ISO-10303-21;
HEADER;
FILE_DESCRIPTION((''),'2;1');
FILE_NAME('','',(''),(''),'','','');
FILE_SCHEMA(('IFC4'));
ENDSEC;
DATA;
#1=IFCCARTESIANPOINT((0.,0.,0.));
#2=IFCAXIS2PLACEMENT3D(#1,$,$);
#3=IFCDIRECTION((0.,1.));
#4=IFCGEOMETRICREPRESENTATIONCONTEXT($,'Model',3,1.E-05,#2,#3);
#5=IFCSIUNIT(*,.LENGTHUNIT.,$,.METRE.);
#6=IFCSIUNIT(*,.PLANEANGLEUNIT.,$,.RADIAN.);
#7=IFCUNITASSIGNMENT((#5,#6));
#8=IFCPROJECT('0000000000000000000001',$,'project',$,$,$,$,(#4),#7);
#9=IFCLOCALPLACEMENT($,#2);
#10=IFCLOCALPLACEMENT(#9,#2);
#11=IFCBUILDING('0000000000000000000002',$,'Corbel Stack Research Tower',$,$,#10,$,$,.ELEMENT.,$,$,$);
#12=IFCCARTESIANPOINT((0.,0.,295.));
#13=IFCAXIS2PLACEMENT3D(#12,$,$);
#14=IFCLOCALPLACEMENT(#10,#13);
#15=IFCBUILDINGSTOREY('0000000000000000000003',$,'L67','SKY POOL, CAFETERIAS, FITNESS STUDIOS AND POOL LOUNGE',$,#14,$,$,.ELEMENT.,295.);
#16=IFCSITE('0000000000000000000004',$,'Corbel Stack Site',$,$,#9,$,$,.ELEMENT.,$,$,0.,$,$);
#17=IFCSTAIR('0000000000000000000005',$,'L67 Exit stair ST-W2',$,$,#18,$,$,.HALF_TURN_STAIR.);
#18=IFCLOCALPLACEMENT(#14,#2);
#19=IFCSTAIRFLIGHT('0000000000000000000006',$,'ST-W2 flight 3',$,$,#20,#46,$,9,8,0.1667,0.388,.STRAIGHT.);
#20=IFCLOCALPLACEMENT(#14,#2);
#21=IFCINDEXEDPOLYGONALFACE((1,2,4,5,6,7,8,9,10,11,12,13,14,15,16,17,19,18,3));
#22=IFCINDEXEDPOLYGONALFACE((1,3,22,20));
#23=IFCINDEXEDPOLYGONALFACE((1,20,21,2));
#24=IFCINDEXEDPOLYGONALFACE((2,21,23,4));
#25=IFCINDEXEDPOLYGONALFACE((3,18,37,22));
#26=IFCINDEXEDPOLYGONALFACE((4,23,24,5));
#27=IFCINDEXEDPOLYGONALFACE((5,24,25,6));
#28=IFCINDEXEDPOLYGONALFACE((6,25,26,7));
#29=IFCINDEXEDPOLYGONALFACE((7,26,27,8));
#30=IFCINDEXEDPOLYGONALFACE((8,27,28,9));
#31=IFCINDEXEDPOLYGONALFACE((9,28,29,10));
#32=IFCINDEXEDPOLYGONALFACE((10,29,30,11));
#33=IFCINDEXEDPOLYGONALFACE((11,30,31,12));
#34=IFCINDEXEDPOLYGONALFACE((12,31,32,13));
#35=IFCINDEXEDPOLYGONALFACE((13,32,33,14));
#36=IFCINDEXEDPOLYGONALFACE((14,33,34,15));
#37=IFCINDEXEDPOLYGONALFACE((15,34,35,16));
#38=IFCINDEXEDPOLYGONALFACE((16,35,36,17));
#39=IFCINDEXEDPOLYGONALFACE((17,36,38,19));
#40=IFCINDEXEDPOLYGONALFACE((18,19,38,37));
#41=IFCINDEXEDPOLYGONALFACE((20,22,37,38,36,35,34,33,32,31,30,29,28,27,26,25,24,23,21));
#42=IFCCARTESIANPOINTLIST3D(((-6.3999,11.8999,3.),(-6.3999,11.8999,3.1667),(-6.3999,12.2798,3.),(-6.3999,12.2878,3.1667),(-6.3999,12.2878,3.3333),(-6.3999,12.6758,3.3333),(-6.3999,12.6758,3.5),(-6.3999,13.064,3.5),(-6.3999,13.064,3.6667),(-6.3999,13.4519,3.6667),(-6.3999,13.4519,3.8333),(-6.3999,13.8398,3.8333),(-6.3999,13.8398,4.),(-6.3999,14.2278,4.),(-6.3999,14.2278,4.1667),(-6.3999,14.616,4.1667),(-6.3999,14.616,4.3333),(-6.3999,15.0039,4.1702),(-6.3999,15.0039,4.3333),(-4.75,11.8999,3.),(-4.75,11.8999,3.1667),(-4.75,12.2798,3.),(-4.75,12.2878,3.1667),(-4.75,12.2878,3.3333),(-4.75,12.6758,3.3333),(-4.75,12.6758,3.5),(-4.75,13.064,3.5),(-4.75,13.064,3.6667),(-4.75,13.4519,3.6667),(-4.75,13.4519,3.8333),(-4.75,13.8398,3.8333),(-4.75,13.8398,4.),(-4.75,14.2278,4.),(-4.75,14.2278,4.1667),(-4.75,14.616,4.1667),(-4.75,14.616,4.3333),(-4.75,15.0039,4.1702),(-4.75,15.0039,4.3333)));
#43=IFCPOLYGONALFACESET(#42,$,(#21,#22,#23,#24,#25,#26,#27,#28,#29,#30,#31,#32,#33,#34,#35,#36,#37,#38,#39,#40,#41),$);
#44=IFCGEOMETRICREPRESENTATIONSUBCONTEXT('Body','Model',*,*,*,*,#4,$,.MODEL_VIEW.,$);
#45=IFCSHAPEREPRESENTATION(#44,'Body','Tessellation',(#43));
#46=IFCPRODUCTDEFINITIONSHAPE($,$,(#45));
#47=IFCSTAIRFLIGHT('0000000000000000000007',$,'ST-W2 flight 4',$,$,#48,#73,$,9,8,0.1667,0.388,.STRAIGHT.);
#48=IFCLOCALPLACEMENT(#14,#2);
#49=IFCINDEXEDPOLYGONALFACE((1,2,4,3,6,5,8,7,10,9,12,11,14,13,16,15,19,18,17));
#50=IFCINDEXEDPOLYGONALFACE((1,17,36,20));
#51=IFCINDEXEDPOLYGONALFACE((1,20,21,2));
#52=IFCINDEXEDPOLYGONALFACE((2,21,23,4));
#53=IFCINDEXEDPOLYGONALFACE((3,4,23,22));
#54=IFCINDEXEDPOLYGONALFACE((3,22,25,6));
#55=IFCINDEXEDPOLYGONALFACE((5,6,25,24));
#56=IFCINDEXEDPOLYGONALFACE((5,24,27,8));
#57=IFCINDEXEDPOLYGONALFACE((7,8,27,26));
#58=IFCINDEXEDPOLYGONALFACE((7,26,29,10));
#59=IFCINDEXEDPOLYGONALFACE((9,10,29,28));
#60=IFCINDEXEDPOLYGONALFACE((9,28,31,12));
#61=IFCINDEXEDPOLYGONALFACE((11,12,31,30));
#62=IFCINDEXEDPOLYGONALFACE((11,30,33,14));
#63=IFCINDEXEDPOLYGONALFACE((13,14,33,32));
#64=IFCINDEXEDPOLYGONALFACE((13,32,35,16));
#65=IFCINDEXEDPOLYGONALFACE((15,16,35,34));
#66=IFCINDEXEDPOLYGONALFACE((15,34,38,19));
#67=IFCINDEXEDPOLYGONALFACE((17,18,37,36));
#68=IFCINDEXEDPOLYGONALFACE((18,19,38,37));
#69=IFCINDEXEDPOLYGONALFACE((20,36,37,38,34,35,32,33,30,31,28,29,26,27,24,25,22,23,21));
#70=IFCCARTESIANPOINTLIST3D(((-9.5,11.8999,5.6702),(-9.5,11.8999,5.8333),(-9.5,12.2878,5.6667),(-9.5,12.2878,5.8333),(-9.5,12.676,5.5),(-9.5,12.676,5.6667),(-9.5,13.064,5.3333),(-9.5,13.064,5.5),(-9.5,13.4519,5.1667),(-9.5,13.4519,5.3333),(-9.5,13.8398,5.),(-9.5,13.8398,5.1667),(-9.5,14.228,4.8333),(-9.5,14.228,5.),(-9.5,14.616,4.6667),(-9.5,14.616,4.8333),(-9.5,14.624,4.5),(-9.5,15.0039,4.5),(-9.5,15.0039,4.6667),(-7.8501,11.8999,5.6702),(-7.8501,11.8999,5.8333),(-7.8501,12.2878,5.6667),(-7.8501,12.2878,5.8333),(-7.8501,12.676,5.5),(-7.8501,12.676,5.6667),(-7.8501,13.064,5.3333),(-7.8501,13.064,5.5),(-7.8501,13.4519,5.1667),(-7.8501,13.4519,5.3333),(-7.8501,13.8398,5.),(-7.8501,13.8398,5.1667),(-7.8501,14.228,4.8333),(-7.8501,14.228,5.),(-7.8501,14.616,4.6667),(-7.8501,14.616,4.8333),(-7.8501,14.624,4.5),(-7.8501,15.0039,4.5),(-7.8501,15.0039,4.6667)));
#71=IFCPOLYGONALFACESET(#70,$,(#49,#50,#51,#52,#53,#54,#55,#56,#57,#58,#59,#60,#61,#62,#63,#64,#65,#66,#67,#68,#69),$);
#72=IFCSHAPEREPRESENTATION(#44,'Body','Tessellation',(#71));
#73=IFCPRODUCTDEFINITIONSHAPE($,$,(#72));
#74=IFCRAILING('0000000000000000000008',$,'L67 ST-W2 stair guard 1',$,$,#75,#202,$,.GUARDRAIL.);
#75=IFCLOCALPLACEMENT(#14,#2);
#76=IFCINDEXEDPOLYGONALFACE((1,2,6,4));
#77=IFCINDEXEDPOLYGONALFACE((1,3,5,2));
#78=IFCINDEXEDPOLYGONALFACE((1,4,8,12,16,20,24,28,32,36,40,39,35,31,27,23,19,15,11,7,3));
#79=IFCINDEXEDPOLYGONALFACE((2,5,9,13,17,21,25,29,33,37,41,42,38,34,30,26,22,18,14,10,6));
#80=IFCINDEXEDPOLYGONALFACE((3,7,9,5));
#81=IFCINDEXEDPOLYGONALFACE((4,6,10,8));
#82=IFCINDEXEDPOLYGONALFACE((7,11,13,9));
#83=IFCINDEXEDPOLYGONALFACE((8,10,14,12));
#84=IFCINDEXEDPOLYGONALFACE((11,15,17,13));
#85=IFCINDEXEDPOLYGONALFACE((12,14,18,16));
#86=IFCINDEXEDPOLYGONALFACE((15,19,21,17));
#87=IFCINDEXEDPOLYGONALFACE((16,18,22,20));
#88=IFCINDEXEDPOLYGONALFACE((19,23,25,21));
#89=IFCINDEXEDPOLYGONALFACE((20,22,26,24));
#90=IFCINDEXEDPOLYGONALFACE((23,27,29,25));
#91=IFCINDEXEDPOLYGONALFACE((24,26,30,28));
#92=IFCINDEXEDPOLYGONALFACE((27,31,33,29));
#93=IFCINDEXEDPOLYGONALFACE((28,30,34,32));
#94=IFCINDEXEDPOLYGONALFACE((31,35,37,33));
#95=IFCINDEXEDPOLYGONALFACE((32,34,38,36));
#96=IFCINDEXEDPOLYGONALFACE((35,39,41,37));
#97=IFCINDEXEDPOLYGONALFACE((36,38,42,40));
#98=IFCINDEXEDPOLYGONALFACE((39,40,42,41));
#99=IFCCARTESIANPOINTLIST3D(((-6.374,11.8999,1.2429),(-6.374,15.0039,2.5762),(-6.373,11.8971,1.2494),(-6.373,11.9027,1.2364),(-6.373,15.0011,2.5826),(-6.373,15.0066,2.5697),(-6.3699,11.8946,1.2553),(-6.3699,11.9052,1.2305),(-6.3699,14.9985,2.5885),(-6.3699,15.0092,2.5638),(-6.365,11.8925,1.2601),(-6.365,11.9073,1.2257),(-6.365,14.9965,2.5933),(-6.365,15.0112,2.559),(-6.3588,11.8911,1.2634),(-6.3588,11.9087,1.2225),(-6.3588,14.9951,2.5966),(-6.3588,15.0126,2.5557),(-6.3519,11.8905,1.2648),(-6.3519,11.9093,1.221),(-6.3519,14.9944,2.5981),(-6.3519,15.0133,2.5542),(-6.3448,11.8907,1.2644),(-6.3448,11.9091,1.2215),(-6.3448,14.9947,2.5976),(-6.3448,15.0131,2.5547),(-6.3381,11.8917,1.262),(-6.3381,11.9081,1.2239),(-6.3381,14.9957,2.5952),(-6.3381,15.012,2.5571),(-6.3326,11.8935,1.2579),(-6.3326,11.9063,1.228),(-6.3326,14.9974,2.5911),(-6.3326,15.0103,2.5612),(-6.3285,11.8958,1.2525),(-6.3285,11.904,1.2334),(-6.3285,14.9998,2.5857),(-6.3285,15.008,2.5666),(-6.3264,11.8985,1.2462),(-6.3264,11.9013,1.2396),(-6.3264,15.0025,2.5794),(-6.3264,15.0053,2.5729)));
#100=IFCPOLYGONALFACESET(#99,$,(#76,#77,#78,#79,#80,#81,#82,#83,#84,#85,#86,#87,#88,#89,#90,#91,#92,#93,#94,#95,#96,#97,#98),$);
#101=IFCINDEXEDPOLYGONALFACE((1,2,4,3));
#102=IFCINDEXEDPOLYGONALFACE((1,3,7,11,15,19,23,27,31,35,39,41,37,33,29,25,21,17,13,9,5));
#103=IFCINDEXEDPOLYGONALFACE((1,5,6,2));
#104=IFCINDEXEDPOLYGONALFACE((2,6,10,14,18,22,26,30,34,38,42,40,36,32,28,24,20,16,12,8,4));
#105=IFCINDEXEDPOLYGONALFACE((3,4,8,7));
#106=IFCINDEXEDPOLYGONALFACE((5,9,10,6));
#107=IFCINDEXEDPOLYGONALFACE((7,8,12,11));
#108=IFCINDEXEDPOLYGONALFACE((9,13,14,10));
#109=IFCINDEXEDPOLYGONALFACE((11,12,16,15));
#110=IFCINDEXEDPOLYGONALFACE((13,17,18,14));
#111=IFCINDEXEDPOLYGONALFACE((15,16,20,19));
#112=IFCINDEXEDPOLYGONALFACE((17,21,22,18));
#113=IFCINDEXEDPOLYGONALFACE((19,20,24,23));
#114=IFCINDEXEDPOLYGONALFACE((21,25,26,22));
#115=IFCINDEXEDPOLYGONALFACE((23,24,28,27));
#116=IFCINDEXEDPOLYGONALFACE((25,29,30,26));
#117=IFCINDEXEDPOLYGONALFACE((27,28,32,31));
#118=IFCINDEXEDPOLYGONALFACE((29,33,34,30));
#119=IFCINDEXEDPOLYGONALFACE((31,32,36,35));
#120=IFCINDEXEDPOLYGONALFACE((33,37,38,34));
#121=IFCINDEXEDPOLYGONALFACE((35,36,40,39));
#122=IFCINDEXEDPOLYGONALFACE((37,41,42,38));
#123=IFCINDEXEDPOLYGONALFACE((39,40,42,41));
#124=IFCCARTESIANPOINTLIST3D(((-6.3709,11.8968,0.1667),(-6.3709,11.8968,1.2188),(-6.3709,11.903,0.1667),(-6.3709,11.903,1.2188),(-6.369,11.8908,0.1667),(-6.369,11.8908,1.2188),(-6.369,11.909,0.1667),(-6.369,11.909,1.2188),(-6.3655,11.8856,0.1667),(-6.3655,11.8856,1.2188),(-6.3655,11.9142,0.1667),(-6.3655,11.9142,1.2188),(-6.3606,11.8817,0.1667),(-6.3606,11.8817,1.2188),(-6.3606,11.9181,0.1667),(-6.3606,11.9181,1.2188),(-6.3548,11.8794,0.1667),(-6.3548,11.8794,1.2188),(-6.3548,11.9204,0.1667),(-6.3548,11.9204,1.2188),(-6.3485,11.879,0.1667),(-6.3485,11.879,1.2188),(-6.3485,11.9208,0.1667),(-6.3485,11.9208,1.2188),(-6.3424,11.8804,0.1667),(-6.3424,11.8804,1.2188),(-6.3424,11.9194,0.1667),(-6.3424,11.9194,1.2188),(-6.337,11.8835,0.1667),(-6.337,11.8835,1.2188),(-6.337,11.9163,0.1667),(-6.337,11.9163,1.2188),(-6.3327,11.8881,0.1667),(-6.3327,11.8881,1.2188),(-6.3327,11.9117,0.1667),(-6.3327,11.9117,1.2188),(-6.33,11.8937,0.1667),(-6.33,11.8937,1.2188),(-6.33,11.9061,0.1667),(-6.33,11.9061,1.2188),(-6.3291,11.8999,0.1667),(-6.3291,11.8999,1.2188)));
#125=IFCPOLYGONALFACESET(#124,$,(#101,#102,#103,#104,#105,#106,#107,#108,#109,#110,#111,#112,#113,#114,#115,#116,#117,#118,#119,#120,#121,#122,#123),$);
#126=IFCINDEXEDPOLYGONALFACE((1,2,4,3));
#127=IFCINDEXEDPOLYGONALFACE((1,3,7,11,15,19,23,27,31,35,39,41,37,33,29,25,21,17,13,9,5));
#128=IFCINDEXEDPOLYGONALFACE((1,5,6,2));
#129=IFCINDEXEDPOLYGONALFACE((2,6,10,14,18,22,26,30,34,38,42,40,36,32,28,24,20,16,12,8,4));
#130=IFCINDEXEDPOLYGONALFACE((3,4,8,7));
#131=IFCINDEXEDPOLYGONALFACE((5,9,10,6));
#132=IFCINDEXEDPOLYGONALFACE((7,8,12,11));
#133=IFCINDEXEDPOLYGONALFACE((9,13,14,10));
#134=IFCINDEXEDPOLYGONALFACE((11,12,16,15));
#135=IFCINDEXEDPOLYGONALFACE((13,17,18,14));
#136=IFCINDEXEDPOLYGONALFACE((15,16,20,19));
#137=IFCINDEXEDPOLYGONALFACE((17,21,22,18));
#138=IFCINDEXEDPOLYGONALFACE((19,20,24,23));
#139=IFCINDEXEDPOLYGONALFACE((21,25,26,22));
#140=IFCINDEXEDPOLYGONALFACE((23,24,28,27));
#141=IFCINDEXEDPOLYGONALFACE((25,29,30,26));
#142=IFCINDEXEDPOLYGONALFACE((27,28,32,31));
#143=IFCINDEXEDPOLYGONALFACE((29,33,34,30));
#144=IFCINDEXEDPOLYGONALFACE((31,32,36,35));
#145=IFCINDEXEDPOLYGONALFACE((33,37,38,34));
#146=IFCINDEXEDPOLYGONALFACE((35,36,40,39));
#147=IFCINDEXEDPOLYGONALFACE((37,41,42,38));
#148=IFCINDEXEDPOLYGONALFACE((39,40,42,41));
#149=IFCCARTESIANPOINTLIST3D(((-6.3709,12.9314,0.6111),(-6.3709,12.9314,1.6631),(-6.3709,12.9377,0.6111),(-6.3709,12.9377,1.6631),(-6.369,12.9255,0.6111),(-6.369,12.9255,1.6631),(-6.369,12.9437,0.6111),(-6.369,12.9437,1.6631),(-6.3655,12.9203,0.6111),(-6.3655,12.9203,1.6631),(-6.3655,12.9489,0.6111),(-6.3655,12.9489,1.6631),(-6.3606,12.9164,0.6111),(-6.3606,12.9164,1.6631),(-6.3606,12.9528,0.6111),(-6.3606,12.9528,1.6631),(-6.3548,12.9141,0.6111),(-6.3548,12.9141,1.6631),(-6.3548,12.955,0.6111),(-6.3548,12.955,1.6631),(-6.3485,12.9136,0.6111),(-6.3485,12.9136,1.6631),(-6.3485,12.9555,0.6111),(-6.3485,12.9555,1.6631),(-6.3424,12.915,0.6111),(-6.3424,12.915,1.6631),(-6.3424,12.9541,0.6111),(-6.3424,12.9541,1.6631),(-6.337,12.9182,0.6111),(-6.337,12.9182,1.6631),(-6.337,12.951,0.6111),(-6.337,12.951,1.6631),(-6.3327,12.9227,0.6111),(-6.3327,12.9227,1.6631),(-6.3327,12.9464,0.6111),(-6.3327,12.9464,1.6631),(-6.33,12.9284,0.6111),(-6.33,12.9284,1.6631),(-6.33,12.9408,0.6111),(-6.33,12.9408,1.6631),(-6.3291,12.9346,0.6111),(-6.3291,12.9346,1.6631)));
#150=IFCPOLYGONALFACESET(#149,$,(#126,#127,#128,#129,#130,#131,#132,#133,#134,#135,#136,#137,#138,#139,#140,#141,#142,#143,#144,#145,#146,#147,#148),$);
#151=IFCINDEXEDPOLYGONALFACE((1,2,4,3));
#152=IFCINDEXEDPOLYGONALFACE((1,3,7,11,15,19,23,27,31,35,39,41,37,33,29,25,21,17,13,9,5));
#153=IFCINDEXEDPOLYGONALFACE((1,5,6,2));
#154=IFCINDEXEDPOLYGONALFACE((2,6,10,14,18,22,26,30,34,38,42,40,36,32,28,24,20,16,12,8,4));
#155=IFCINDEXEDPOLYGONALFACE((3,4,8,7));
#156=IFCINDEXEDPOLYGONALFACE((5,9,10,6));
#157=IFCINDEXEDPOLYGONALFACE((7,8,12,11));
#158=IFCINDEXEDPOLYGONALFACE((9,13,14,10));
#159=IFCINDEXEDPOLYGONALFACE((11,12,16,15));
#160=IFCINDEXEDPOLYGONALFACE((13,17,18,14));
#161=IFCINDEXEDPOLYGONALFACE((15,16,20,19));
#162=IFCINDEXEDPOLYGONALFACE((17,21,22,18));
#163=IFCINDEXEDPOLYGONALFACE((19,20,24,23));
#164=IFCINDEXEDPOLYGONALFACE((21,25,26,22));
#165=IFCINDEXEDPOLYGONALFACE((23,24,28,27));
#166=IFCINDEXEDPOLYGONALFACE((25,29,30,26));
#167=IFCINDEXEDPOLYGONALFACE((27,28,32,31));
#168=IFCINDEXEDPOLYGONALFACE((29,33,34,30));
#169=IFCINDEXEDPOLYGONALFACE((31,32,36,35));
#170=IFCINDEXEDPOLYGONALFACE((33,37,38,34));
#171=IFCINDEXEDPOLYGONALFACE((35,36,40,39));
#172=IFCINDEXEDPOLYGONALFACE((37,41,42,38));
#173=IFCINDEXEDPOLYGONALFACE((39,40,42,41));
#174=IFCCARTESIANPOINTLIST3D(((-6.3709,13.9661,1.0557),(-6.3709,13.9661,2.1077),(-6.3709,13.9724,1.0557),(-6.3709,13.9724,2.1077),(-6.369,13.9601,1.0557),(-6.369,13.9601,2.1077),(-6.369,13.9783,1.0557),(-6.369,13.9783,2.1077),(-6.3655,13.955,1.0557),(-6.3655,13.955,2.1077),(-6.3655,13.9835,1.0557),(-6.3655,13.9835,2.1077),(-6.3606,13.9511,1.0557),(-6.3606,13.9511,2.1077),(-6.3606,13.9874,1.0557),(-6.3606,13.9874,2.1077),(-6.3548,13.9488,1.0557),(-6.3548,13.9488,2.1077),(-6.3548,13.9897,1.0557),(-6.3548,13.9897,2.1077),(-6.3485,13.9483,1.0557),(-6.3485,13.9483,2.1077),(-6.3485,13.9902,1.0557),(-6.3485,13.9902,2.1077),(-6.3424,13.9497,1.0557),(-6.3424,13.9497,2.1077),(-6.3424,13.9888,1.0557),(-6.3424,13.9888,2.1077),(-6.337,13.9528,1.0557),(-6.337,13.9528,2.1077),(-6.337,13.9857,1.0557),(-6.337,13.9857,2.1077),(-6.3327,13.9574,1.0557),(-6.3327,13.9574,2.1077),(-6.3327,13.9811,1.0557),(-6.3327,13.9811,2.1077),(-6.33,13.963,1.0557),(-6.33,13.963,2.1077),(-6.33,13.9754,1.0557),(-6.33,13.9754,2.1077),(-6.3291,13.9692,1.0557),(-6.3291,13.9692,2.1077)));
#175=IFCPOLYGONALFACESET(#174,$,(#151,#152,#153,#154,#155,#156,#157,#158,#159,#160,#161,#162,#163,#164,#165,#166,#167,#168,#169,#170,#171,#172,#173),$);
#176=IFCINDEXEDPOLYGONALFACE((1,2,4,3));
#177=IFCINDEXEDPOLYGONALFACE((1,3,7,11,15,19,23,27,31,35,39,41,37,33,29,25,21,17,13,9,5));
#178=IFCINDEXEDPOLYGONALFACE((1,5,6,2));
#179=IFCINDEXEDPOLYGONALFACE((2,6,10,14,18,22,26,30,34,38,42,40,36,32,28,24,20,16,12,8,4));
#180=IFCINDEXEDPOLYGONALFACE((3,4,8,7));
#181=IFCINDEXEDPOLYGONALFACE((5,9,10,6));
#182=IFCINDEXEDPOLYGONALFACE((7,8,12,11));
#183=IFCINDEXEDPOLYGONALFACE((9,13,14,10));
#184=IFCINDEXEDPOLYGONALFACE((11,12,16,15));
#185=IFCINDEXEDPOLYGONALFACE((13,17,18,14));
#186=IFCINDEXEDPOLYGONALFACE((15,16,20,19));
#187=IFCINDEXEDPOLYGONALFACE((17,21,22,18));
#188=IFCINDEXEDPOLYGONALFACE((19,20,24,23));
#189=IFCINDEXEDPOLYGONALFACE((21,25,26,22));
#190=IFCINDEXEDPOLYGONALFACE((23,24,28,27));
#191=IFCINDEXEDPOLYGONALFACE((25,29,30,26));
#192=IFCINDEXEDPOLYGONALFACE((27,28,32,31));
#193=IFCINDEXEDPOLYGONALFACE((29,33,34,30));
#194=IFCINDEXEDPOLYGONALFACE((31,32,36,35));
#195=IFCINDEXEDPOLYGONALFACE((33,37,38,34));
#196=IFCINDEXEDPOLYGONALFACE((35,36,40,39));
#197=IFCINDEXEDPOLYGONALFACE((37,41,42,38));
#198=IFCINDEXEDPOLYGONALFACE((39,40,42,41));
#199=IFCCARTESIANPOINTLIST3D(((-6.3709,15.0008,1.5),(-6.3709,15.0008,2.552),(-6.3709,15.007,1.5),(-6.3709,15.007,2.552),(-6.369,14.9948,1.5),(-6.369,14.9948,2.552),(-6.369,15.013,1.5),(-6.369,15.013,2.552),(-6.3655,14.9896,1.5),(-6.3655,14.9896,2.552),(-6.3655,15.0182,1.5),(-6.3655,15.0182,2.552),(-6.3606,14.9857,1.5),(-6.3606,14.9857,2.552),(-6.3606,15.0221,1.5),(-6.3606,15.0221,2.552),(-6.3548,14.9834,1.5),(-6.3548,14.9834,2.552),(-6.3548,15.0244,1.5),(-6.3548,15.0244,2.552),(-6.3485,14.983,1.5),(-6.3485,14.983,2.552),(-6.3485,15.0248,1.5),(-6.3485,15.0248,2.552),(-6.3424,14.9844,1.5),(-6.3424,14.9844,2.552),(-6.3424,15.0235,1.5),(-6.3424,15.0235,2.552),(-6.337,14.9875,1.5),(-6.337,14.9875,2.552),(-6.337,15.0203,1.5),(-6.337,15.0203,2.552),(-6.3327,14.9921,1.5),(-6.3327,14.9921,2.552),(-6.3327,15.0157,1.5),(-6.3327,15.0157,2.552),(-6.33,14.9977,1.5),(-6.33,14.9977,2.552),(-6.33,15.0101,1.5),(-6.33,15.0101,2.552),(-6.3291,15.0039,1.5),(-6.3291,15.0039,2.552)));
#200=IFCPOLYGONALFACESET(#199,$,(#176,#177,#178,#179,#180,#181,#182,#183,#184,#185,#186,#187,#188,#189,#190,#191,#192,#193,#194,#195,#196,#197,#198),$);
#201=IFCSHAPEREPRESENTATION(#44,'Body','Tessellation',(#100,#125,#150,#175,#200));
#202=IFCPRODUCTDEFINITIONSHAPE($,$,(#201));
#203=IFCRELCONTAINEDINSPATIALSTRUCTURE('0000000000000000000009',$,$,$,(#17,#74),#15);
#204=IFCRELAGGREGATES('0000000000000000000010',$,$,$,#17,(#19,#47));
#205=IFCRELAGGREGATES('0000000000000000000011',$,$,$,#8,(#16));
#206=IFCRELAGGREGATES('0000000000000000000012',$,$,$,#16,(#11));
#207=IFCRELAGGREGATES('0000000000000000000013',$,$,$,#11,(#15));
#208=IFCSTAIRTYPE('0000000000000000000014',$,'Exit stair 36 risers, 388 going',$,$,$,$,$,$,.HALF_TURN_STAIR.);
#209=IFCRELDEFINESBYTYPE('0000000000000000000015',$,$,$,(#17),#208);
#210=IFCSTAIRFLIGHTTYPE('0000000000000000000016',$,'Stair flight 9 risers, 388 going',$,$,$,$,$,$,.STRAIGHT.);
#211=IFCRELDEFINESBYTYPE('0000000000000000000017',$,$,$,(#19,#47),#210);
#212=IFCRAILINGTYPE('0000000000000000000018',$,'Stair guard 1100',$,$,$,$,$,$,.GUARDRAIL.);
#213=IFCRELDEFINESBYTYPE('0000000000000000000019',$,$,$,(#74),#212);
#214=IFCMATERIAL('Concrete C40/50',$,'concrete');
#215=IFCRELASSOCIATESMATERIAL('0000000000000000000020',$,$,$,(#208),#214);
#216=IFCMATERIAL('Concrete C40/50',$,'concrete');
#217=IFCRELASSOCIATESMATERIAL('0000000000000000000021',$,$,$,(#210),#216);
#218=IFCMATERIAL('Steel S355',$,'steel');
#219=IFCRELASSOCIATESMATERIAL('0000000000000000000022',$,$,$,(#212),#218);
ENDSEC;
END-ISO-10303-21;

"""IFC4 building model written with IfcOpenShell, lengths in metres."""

from ifc_helpers import new_model, si_unit, direction, frame, origin, origin_2d, place, context, subcontext, project, spatial, polyline, circle, outline, extrude, material, type_object, element, aggregate, save


model = new_model("IFC4")

# Units and contexts
model_context = context("Model", 3, precision=1e-05, world=origin(), true_north=direction((0.0, 1.0)))
body_context = subcontext(model_context, "Body", "Model", "MODEL_VIEW")
ifc_project = project(units=[si_unit("LENGTHUNIT", "METRE"), si_unit("PLANEANGLEUNIT", "RADIAN")], contexts=[model_context])

# Site, building, storey
site_placement = place(None, origin())
site = spatial("IfcSite", under=ifc_project, at=site_placement, Name="Corbel Stack Site", CompositionType="ELEMENT", RefElevation=0.0)
building_placement = place(site_placement, origin())
building = spatial("IfcBuilding", under=site, at=building_placement, Name="Corbel Stack Research Tower", CompositionType="ELEMENT")
storey_placement = place(building_placement, frame((0.0, 0.0, 295.0)))
storey = spatial("IfcBuildingStorey", under=building, at=storey_placement, Name="L67", Description="SKY POOL, CAFETERIAS, FITNESS STUDIOS AND POOL LOUNGE", CompositionType="ELEMENT", Elevation=295.0)

# Stair, stair flights
ifc_material_1 = material(Name="Concrete C40/50", Category="concrete")
stair_type = type_object("IfcStairType", Name="Exit stair 36 risers, 388 going", PredefinedType="HALF_TURN_STAIR", material=ifc_material_1)
stair_placement = place(storey_placement, origin())
stair = element("IfcStair", 1, at=stair_placement, inside=storey, type_object=stair_type, Name="L67 Exit stair ST-W2", PredefinedType="HALF_TURN_STAIR")
ifc_material_2 = material(Name="Concrete C40/50", Category="concrete")
stair_flight_type = type_object("IfcStairFlightType", Name="Stair flight 9 risers, 388 going", PredefinedType="STRAIGHT", material=ifc_material_2)
stair_flight_1_placement = place(storey_placement, frame((-5.575, 11.8999, 3.0), z_axis=(0.0, 0.0, 1.0), x_axis=(0.0, 1.0, 0.0)))
stair_flight_1 = element("IfcStairFlight", 2, at=stair_flight_1_placement, type_object=stair_flight_type, Name="ST-W2 flight 3", NumberOfRisers=9, NumberOfTreads=8, PredefinedType="STRAIGHT", RiserHeight=0.1667, TreadLength=0.388, context=body_context, shape_type="SweptSolid", body=[
    extrude(outline(polyline([(0.0, 0.0), (0.0, 0.1667), (0.3879, 0.1667), (0.3879, 0.3333), (0.7759, 0.3333), (0.7759, 0.5), (1.1641, 0.5), (1.1641, 0.6667), (1.552, 0.6667), (1.552, 0.8333), (1.9399, 0.8333), (1.9399, 1.0), (2.3279, 1.0), (2.3279, 1.1667), (2.7161, 1.1667), (2.7161, 1.3333), (3.104, 1.3333), (3.104, 1.5), (3.104, 1.1702), (0.3799, 0.0), (0.0, 0.0)])), frame((0.0, 0.825, 0.0), z_axis=(0.0, -1.0, 0.0), x_axis=(1.0, 0.0, 0.0)), (0.0, 0.0, 1.0), 1.6499),
])
stair_flight_2_placement = place(storey_placement, frame((-8.675, 15.0039, 4.5), z_axis=(0.0, 0.0, 1.0), x_axis=(0.0, -1.0, 0.0)))
stair_flight_2 = element("IfcStairFlight", 3, at=stair_flight_2_placement, type_object=stair_flight_type, Name="ST-W2 flight 4", NumberOfRisers=9, NumberOfTreads=8, PredefinedType="STRAIGHT", RiserHeight=0.1667, TreadLength=0.388, context=body_context, shape_type="SweptSolid", body=[
    extrude(outline(polyline([(0.0, 0.0), (0.0, 0.1667), (0.3879, 0.1667), (0.3879, 0.3333), (0.7759, 0.3333), (0.7759, 0.5), (1.1641, 0.5), (1.1641, 0.6667), (1.552, 0.6667), (1.552, 0.8333), (1.9399, 0.8333), (1.9399, 1.0), (2.3279, 1.0), (2.3279, 1.1667), (2.7161, 1.1667), (2.7161, 1.3333), (3.104, 1.3333), (3.104, 1.5), (3.104, 1.1702), (0.3799, 0.0), (0.0, 0.0)])), frame((0.0, 0.825, 0.0), z_axis=(0.0, -1.0, 0.0), x_axis=(1.0, 0.0, 0.0)), (0.0, 0.0, 1.0), 1.6499),
])
aggregate(stair, [stair_flight_1, stair_flight_2])

# Railing
ifc_material_3 = material(Name="Steel S355", Category="steel")
railing_type_1 = type_object("IfcRailingType", Name="Stair guard 1100", PredefinedType="GUARDRAIL", material=ifc_material_3)
railing_1_placement = place(storey_placement, frame((-6.3501, 11.8999, 0.1667)))
element("IfcRailing", 4, at=railing_1_placement, inside=storey, type_object=railing_type_1, Name="L67 ST-W2 stair guard 1", PredefinedType="GUARDRAIL", context=body_context, shape_type="SweptSolid", body=[
    extrude(circle(Radius=0.0239, at=origin_2d()), frame((0.0, 0.0, 1.0762), z_axis=(0.0, 0.918827, 0.394661), x_axis=(-1.0, 0.0, 0.0)), (0.0, 0.0, 1.0), 3.3782),
    extrude(circle(Radius=0.021, at=origin_2d()), origin(), (0.0, 0.0, 1.0), 1.052),
    extrude(circle(Radius=0.021, at=origin_2d()), frame((0.0, 1.0347, 0.4443)), (0.0, 0.0, 1.0), 1.052),
    extrude(circle(Radius=0.021, at=origin_2d()), frame((0.0, 2.0693, 0.8889)), (0.0, 0.0, 1.0), 1.052),
    extrude(circle(Radius=0.021, at=origin_2d()), frame((0.0, 3.104, 1.3333)), (0.0, 0.0, 1.0), 1.052),
])

save(model, "model.ifc")
